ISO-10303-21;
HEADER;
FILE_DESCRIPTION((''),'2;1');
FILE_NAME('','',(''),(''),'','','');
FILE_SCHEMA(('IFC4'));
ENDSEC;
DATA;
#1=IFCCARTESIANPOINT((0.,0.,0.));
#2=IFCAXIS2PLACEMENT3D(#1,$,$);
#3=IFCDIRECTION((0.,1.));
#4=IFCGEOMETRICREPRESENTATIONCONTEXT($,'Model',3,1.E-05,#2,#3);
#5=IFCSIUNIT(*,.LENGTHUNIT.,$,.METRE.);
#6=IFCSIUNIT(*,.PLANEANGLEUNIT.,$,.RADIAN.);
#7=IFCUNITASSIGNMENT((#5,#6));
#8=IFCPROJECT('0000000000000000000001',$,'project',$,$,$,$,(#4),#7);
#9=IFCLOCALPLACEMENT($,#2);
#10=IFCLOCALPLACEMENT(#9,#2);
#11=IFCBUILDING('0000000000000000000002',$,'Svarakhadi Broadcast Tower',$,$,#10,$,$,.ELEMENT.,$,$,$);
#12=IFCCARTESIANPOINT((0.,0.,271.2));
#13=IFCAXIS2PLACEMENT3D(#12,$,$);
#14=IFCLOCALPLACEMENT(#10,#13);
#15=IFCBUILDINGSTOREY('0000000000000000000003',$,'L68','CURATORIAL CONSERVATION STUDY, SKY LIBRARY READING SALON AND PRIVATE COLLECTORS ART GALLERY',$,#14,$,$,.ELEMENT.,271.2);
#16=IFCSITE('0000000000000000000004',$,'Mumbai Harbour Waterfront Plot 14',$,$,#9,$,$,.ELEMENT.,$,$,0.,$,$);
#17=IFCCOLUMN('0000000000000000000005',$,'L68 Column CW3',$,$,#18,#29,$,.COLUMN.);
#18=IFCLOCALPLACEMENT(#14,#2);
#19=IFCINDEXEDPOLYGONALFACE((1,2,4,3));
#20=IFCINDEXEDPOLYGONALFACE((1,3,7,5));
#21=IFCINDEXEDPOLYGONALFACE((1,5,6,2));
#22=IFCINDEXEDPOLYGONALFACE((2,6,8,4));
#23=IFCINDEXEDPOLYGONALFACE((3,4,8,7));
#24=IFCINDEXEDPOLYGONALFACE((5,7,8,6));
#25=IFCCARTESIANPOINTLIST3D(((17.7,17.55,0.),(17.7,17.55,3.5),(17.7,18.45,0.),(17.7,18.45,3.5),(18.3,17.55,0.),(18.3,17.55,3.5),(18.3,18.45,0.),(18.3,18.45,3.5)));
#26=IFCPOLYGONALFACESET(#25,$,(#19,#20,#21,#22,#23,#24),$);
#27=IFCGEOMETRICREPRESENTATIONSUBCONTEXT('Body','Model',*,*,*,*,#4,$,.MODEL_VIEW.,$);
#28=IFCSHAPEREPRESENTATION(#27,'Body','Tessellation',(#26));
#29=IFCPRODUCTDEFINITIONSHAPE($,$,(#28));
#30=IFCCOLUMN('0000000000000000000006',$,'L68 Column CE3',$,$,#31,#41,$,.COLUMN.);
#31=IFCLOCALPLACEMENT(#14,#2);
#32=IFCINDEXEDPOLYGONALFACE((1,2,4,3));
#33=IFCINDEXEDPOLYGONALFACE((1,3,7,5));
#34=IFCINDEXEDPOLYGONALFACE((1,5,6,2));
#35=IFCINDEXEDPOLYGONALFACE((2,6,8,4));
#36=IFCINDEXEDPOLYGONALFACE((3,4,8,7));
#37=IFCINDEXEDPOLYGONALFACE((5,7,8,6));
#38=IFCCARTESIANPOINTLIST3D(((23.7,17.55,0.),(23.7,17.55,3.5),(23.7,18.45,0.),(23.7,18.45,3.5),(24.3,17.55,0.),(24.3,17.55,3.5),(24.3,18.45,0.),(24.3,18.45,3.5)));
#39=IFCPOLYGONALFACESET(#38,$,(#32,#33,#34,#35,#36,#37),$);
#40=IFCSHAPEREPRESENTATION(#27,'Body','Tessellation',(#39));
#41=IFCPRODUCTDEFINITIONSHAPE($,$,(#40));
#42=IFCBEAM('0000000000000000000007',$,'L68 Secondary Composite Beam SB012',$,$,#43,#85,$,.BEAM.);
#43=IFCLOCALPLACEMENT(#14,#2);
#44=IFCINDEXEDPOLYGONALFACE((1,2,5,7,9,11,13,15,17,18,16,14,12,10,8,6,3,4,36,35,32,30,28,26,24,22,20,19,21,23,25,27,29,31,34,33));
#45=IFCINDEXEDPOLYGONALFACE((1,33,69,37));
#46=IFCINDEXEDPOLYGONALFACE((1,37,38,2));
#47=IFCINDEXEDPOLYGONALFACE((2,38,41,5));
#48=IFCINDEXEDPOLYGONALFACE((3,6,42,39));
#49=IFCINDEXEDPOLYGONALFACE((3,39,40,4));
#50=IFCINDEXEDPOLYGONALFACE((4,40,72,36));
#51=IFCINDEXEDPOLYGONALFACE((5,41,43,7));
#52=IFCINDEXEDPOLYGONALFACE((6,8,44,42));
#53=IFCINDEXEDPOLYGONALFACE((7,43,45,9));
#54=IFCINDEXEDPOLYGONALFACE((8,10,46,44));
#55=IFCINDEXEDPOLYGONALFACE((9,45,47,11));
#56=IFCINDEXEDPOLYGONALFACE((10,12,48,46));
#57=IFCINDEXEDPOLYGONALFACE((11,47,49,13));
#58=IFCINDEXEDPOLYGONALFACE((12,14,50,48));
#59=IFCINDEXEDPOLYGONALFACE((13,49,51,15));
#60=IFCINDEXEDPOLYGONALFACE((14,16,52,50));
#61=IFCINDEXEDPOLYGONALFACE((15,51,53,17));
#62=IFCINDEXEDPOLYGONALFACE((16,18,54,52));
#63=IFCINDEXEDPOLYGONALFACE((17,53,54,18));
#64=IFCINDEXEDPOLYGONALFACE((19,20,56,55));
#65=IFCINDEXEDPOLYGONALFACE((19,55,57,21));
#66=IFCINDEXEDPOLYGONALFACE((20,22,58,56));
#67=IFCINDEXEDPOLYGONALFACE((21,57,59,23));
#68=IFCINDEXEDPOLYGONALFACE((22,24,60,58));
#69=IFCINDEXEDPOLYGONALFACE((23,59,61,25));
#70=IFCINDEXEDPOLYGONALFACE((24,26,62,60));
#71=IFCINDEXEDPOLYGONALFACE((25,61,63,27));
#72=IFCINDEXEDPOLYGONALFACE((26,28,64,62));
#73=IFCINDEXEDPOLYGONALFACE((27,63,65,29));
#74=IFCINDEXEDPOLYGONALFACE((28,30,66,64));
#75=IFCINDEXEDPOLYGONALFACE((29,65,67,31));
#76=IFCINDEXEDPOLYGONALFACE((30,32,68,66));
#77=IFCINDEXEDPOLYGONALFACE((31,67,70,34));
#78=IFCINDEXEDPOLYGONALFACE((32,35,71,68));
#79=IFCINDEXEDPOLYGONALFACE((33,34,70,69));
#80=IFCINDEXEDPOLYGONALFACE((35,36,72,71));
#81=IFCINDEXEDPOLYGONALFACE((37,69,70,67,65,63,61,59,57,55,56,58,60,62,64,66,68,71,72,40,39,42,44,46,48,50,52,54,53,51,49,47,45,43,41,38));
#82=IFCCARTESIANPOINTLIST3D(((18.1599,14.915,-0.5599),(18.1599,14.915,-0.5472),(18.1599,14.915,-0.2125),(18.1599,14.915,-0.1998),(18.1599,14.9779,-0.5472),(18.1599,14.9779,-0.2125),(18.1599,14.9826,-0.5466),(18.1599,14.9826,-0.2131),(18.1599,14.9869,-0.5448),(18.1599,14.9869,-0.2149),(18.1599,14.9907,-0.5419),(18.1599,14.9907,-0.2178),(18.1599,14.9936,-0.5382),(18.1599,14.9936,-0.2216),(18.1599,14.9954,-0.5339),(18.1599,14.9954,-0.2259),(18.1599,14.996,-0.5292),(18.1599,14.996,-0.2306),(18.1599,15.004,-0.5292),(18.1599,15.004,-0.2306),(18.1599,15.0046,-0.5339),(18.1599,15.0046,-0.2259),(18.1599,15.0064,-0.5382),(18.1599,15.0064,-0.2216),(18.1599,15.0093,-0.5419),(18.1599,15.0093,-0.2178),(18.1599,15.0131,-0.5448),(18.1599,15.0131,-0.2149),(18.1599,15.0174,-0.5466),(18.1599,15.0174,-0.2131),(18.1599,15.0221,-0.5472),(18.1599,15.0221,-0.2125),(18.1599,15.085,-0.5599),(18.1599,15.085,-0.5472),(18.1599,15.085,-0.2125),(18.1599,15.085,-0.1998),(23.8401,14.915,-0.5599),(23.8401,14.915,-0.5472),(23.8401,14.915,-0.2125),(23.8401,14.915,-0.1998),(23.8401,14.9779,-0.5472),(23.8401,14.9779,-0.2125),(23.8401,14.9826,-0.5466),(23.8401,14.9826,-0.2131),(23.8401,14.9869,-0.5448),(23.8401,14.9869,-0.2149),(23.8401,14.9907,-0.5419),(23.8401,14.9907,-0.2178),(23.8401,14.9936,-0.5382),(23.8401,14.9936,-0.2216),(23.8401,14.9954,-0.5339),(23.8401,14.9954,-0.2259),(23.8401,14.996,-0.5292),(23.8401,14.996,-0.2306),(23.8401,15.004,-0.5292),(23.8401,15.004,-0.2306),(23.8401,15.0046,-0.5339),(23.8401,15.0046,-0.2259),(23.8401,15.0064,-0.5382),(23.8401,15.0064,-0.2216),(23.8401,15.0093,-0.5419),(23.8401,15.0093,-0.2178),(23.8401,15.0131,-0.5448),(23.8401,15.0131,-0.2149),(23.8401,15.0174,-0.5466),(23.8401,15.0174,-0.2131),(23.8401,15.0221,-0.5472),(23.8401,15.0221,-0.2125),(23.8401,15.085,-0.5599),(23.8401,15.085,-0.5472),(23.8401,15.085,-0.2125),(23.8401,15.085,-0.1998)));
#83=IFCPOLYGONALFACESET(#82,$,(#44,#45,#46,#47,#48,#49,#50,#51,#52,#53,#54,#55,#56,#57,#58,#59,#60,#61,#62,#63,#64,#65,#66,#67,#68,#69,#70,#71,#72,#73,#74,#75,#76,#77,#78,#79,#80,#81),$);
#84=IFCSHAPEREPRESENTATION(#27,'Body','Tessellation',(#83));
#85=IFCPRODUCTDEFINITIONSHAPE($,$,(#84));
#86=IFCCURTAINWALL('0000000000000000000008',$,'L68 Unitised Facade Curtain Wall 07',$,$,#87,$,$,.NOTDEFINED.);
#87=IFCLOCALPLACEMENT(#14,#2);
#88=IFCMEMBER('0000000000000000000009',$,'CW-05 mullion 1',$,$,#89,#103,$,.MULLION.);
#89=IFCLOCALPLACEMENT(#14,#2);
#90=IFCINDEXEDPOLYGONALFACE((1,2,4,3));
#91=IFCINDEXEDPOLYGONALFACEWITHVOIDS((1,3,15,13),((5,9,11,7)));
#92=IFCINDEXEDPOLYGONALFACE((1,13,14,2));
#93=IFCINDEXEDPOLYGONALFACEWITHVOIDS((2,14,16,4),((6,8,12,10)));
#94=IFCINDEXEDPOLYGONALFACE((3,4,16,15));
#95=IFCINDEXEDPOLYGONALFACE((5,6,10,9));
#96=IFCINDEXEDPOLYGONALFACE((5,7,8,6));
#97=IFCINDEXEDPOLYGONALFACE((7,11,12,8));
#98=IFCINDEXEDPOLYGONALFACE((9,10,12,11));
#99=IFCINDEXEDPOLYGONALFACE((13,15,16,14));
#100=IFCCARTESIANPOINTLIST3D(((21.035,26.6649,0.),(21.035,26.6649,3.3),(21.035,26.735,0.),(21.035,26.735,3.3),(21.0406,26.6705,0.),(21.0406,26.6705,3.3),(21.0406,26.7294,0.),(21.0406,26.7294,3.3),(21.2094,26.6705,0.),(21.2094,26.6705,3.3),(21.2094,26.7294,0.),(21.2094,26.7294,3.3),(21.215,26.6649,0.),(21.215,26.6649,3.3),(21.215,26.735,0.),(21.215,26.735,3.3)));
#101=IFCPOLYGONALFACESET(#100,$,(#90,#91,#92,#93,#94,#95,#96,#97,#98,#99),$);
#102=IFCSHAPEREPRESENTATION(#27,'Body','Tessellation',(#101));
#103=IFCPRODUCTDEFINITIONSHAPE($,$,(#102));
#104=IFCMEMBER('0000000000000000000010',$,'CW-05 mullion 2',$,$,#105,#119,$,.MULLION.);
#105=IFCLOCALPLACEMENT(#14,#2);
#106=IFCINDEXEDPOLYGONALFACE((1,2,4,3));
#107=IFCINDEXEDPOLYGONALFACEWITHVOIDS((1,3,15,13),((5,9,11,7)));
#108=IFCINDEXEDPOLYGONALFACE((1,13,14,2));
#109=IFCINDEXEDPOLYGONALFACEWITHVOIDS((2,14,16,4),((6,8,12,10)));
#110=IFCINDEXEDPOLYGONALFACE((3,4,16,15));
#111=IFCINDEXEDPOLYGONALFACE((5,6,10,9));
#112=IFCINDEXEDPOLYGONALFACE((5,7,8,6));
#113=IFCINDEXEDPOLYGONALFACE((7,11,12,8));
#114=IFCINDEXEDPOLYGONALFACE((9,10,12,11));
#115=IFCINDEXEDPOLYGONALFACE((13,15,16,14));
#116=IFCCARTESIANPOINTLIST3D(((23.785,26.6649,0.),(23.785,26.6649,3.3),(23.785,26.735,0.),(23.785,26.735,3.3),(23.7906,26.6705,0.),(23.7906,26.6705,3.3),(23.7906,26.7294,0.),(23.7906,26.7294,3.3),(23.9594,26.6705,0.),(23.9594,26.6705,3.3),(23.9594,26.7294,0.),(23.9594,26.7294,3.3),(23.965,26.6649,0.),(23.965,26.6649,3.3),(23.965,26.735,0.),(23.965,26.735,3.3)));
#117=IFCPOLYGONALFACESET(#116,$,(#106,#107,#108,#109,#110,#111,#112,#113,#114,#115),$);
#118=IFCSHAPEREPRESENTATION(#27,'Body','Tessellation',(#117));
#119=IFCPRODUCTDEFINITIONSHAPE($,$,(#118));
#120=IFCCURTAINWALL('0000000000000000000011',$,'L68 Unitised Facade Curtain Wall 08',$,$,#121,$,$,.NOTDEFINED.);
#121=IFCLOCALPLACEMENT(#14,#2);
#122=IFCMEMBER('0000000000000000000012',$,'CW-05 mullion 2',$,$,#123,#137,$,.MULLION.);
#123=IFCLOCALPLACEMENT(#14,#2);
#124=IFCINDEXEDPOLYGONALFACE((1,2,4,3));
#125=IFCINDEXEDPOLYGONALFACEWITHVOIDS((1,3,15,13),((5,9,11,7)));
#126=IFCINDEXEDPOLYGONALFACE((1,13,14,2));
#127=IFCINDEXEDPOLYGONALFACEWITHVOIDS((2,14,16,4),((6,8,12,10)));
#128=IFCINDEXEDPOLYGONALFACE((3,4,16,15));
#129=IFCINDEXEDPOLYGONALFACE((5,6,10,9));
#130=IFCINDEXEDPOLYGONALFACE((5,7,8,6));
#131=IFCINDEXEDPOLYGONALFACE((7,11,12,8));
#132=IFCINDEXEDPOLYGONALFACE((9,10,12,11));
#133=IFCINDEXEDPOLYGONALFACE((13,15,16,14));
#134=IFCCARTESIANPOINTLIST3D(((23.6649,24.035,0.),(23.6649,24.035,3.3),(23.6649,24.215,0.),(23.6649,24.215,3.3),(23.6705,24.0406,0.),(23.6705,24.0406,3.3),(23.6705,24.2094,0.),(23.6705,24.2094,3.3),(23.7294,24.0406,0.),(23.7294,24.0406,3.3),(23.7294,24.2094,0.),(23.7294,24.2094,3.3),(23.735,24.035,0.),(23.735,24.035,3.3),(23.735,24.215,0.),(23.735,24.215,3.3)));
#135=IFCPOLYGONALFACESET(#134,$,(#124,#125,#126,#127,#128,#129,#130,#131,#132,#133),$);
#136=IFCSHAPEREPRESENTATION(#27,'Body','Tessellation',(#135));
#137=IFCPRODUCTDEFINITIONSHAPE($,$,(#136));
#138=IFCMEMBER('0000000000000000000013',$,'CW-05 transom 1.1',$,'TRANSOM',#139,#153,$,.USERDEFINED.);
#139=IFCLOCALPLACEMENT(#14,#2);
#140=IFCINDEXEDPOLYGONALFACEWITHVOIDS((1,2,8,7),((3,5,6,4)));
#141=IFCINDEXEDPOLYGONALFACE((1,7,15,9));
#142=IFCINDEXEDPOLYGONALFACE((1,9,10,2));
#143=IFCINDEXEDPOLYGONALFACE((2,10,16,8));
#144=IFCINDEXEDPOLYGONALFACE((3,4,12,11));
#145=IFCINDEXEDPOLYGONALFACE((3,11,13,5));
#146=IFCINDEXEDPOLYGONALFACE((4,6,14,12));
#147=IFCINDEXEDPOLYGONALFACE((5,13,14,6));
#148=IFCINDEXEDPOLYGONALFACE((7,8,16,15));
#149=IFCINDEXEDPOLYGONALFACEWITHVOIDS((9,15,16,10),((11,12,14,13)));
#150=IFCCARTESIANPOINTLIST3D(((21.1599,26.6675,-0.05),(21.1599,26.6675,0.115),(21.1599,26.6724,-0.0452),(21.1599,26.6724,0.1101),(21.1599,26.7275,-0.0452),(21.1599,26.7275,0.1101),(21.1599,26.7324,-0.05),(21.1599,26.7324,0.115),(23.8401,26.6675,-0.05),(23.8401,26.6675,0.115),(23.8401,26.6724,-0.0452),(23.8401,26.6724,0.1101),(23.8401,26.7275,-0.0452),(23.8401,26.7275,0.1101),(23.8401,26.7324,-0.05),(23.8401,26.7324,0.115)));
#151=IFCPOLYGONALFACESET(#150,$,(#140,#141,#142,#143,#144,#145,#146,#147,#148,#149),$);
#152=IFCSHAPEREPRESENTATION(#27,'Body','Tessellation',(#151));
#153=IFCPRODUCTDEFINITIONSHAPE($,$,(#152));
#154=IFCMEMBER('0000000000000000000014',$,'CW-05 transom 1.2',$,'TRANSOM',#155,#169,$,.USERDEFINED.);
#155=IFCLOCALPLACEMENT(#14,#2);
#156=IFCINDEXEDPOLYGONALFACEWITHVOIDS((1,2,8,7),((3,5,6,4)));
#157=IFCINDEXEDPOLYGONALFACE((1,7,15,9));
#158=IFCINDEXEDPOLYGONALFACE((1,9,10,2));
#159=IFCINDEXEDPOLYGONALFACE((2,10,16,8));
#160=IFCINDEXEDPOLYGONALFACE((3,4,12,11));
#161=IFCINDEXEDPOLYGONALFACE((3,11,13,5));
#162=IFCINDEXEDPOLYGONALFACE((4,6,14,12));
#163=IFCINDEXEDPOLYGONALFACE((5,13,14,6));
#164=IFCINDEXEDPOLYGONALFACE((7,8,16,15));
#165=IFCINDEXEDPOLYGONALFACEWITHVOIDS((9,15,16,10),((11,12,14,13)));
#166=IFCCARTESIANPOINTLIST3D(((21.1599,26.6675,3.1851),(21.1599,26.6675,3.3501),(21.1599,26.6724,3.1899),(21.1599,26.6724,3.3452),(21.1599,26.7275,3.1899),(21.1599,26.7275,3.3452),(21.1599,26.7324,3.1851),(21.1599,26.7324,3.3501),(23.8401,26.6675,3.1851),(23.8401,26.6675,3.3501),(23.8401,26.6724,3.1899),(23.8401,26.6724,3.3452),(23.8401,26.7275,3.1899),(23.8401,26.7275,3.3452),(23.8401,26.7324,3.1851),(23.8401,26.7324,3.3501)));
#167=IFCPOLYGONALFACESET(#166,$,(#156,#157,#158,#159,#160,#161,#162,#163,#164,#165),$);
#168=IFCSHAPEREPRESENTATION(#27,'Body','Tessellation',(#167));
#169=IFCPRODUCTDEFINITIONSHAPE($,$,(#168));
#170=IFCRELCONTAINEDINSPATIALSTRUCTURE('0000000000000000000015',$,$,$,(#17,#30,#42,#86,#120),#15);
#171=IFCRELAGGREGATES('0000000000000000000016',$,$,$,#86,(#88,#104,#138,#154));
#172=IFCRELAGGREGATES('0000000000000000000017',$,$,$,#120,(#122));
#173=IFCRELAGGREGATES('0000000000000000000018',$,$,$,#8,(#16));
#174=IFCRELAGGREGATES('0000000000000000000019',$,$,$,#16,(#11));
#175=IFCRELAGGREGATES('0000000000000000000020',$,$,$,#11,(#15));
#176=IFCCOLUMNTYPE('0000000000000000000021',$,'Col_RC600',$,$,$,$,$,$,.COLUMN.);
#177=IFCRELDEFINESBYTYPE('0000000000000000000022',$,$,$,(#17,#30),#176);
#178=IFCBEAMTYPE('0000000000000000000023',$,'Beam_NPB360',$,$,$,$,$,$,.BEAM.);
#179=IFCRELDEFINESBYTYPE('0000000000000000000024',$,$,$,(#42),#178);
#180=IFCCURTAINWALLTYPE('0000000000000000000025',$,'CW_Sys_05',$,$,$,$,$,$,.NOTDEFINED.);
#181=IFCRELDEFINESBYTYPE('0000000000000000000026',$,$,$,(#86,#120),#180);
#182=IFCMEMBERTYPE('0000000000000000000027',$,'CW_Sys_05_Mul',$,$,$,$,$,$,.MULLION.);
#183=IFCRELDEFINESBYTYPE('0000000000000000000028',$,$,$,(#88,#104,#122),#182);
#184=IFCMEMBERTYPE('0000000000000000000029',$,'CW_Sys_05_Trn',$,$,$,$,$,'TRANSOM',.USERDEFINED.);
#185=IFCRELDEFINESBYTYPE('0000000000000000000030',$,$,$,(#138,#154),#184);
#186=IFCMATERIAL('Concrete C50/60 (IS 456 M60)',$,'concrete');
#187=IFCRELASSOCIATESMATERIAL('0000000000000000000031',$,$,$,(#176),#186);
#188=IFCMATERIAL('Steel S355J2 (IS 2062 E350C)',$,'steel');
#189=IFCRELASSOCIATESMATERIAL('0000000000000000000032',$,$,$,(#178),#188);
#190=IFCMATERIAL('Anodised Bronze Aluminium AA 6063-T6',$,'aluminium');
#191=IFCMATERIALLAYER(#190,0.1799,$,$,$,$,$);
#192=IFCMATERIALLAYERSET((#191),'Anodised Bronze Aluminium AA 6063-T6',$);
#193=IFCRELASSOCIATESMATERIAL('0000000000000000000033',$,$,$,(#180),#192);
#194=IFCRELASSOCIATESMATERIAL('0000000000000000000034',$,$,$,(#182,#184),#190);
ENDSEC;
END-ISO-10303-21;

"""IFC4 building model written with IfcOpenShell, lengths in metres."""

from ifc_helpers import new_model, si_unit, direction, frame, origin, origin_2d, place, context, subcontext, project, spatial, rectangle, hollow_rectangle, i_section, extrude, material, layer, layer_set, material_profile, profile_set, type_object, element, aggregate, save


model = new_model("IFC4")

# Units and contexts
model_context = context("Model", 3, precision=1e-05, world=origin(), true_north=direction((0.0, 1.0)))
body_context = subcontext(model_context, "Body", "Model", "MODEL_VIEW")
ifc_project = project(units=[si_unit("LENGTHUNIT", "METRE"), si_unit("PLANEANGLEUNIT", "RADIAN")], contexts=[model_context])

# Site, building, storey
site_placement = place(None, origin())
site = spatial("IfcSite", under=ifc_project, at=site_placement, Name="Mumbai Harbour Waterfront Plot 14", CompositionType="ELEMENT", RefElevation=0.0)
building_placement = place(site_placement, origin())
building = spatial("IfcBuilding", under=site, at=building_placement, Name="Svarakhadi Broadcast Tower", CompositionType="ELEMENT")
storey_placement = place(building_placement, frame((0.0, 0.0, 271.2)))
storey = spatial("IfcBuildingStorey", under=building, at=storey_placement, Name="L68", Description="CURATORIAL CONSERVATION STUDY, SKY LIBRARY READING SALON AND PRIVATE COLLECTORS ART GALLERY", CompositionType="ELEMENT", Elevation=271.2)

# Columns
ifc_material_1 = material(Name="Concrete C50/60 (IS 456 M60)", Category="concrete")
ifc_material_profile_1 = material_profile(ifc_material_1, rectangle(XDim=0.6001, YDim=0.8999, at=origin_2d()), Name="RC 600x900")
ifc_profile_set_1 = profile_set([ifc_material_profile_1], Name="Concrete C50/60 (IS 456 M60)")
column_type = type_object("IfcColumnType", Name="Col_RC600", PredefinedType="COLUMN", material=ifc_profile_set_1)
for number, where, z_axis, x_axis, name in (
    (1, (18.0, 18.0, 0.0), (0.0, 0.0, 1.0), (1.0, 0.0, 0.0), "L68 Column CW3"),
    (2, (24.0, 18.0, 0.0), (0.0, 0.0, 1.0), (1.0, 0.0, 0.0), "L68 Column CE3"),
):
    element("IfcColumn", number, at=place(storey_placement, frame(where, z_axis=z_axis, x_axis=x_axis)), inside=storey, type_object=column_type, Name=name, PredefinedType="COLUMN", context=body_context, shape_type="SweptSolid", body=[
        extrude(rectangle(XDim=0.6001, YDim=0.8999, at=origin_2d()), origin(), (0.0, 0.0, 1.0), 3.5),
    ])

# Beam
ifc_material_2 = material(Name="Steel S355J2 (IS 2062 E350C)", Category="steel")
ifc_material_profile_2 = material_profile(ifc_material_2, i_section(OverallWidth=0.1699, OverallDepth=0.3601, WebThickness=0.0081, FlangeThickness=0.0127, FilletRadius=0.0181, at=origin_2d()), Name="NPB 360x170x57")
ifc_profile_set_2 = profile_set([ifc_material_profile_2], Name="Steel S355J2 (IS 2062 E350C)")
beam_type_1 = type_object("IfcBeamType", Name="Beam_NPB360", PredefinedType="BEAM", material=ifc_profile_set_2)
beam_1_placement = place(storey_placement, frame((18.1599, 15.0, -0.3799), z_axis=(1.0, 0.0, 0.0), x_axis=(0.0, 1.0, 0.0)))
element("IfcBeam", 3, at=beam_1_placement, inside=storey, type_object=beam_type_1, Name="L68 Secondary Composite Beam SB012", PredefinedType="BEAM", context=body_context, shape_type="SweptSolid", body=[
    extrude(i_section(OverallWidth=0.1699, OverallDepth=0.3601, WebThickness=0.0081, FlangeThickness=0.0127, FilletRadius=0.0181, at=origin_2d()), origin(), (0.0, 0.0, 1.0), 5.6802),
])

# Curtain wall, members
ifc_material_3 = material(Name="Anodised Bronze Aluminium AA 6063-T6", Category="aluminium")
ifc_layer_1 = layer(ifc_material_3, 0.1799)
ifc_layer_set_1 = layer_set([ifc_layer_1], Name="Anodised Bronze Aluminium AA 6063-T6")
curtain_wall_type = type_object("IfcCurtainWallType", Name="CW_Sys_05", PredefinedType="NOTDEFINED", material=ifc_layer_set_1)
curtain_wall_1_placement = place(storey_placement, origin())
curtain_wall_1 = element("IfcCurtainWall", 4, at=curtain_wall_1_placement, inside=storey, type_object=curtain_wall_type, Name="L68 Unitised Facade Curtain Wall 07", PredefinedType="NOTDEFINED")
ifc_material_profile_3 = material_profile(ifc_material_3, hollow_rectangle(XDim=0.0701, YDim=0.1799, WallThickness=0.0056, at=origin_2d()), Name="ALU MULLION 180x70x6")
ifc_profile_set_3 = profile_set([ifc_material_profile_3], Name="Anodised Bronze Aluminium AA 6063-T6")
member_type_1 = type_object("IfcMemberType", Name="CW_Sys_05_Mul", PredefinedType="MULLION", material=ifc_profile_set_3)
member_1_placement = place(storey_placement, frame((21.125, 26.7, 0.0), z_axis=(0.0, 0.0, 1.0), x_axis=(0.0, 1.0, 0.0)))
member_1 = element("IfcMember", 5, at=member_1_placement, type_object=member_type_1, Name="CW-05 mullion 1", PredefinedType="MULLION", context=body_context, shape_type="SweptSolid", body=[
    extrude(hollow_rectangle(XDim=0.0701, YDim=0.1799, WallThickness=0.0056, at=origin_2d()), origin(), (0.0, 0.0, 1.0), 3.3),
])
member_2_placement = place(storey_placement, frame((23.875, 26.7, 0.0), z_axis=(0.0, 0.0, 1.0), x_axis=(0.0, 1.0, 0.0)))
member_2 = element("IfcMember", 6, at=member_2_placement, type_object=member_type_1, Name="CW-05 mullion 2", PredefinedType="MULLION", context=body_context, shape_type="SweptSolid", body=[
    extrude(hollow_rectangle(XDim=0.0701, YDim=0.1799, WallThickness=0.0056, at=origin_2d()), origin(), (0.0, 0.0, 1.0), 3.3),
])

# Curtain wall, member
curtain_wall_2_placement = place(storey_placement, origin())
curtain_wall_2 = element("IfcCurtainWall", 7, at=curtain_wall_2_placement, inside=storey, type_object=curtain_wall_type, Name="L68 Unitised Facade Curtain Wall 08", PredefinedType="NOTDEFINED")
member_3_placement = place(storey_placement, frame((23.7, 24.125, 0.0), z_axis=(0.0, 0.0, 1.0), x_axis=(1.0, 0.0, 0.0)))
member_3 = element("IfcMember", 8, at=member_3_placement, type_object=member_type_1, Name="CW-05 mullion 2", PredefinedType="MULLION", context=body_context, shape_type="SweptSolid", body=[
    extrude(hollow_rectangle(XDim=0.0701, YDim=0.1799, WallThickness=0.0056, at=origin_2d()), origin(), (0.0, 0.0, 1.0), 3.3),
])

# Members
ifc_material_profile_4 = material_profile(ifc_material_3, hollow_rectangle(XDim=0.0649, YDim=0.165, WallThickness=0.0049, at=origin_2d()), Name="ALU TRANSOM 165x65x5")
ifc_profile_set_4 = profile_set([ifc_material_profile_4], Name="Anodised Bronze Aluminium AA 6063-T6")
member_type_2 = type_object("IfcMemberType", Name="CW_Sys_05_Trn", ElementType="TRANSOM", PredefinedType="USERDEFINED", material=ifc_profile_set_4)
member_4_placement = place(storey_placement, frame((21.1599, 26.7, 0.0325), z_axis=(1.0, 0.0, 0.0), x_axis=(0.0, 1.0, 0.0)))
member_4 = element("IfcMember", 9, at=member_4_placement, type_object=member_type_2, Name="CW-05 transom 1.1", ObjectType="TRANSOM", PredefinedType="USERDEFINED", context=body_context, shape_type="SweptSolid", body=[
    extrude(hollow_rectangle(XDim=0.0649, YDim=0.165, WallThickness=0.0049, at=origin_2d()), origin(), (0.0, 0.0, 1.0), 2.6802),
])
member_5_placement = place(storey_placement, frame((21.1599, 26.7, 3.2676), z_axis=(1.0, 0.0, 0.0), x_axis=(0.0, 1.0, 0.0)))
member_5 = element("IfcMember", 10, at=member_5_placement, type_object=member_type_2, Name="CW-05 transom 1.2", ObjectType="TRANSOM", PredefinedType="USERDEFINED", context=body_context, shape_type="SweptSolid", body=[
    extrude(hollow_rectangle(XDim=0.0649, YDim=0.165, WallThickness=0.0049, at=origin_2d()), origin(), (0.0, 0.0, 1.0), 2.6802),
])

aggregate(curtain_wall_1, [member_1, member_2, member_4, member_5])
aggregate(curtain_wall_2, [member_3])

save(model, "model.ifc")
